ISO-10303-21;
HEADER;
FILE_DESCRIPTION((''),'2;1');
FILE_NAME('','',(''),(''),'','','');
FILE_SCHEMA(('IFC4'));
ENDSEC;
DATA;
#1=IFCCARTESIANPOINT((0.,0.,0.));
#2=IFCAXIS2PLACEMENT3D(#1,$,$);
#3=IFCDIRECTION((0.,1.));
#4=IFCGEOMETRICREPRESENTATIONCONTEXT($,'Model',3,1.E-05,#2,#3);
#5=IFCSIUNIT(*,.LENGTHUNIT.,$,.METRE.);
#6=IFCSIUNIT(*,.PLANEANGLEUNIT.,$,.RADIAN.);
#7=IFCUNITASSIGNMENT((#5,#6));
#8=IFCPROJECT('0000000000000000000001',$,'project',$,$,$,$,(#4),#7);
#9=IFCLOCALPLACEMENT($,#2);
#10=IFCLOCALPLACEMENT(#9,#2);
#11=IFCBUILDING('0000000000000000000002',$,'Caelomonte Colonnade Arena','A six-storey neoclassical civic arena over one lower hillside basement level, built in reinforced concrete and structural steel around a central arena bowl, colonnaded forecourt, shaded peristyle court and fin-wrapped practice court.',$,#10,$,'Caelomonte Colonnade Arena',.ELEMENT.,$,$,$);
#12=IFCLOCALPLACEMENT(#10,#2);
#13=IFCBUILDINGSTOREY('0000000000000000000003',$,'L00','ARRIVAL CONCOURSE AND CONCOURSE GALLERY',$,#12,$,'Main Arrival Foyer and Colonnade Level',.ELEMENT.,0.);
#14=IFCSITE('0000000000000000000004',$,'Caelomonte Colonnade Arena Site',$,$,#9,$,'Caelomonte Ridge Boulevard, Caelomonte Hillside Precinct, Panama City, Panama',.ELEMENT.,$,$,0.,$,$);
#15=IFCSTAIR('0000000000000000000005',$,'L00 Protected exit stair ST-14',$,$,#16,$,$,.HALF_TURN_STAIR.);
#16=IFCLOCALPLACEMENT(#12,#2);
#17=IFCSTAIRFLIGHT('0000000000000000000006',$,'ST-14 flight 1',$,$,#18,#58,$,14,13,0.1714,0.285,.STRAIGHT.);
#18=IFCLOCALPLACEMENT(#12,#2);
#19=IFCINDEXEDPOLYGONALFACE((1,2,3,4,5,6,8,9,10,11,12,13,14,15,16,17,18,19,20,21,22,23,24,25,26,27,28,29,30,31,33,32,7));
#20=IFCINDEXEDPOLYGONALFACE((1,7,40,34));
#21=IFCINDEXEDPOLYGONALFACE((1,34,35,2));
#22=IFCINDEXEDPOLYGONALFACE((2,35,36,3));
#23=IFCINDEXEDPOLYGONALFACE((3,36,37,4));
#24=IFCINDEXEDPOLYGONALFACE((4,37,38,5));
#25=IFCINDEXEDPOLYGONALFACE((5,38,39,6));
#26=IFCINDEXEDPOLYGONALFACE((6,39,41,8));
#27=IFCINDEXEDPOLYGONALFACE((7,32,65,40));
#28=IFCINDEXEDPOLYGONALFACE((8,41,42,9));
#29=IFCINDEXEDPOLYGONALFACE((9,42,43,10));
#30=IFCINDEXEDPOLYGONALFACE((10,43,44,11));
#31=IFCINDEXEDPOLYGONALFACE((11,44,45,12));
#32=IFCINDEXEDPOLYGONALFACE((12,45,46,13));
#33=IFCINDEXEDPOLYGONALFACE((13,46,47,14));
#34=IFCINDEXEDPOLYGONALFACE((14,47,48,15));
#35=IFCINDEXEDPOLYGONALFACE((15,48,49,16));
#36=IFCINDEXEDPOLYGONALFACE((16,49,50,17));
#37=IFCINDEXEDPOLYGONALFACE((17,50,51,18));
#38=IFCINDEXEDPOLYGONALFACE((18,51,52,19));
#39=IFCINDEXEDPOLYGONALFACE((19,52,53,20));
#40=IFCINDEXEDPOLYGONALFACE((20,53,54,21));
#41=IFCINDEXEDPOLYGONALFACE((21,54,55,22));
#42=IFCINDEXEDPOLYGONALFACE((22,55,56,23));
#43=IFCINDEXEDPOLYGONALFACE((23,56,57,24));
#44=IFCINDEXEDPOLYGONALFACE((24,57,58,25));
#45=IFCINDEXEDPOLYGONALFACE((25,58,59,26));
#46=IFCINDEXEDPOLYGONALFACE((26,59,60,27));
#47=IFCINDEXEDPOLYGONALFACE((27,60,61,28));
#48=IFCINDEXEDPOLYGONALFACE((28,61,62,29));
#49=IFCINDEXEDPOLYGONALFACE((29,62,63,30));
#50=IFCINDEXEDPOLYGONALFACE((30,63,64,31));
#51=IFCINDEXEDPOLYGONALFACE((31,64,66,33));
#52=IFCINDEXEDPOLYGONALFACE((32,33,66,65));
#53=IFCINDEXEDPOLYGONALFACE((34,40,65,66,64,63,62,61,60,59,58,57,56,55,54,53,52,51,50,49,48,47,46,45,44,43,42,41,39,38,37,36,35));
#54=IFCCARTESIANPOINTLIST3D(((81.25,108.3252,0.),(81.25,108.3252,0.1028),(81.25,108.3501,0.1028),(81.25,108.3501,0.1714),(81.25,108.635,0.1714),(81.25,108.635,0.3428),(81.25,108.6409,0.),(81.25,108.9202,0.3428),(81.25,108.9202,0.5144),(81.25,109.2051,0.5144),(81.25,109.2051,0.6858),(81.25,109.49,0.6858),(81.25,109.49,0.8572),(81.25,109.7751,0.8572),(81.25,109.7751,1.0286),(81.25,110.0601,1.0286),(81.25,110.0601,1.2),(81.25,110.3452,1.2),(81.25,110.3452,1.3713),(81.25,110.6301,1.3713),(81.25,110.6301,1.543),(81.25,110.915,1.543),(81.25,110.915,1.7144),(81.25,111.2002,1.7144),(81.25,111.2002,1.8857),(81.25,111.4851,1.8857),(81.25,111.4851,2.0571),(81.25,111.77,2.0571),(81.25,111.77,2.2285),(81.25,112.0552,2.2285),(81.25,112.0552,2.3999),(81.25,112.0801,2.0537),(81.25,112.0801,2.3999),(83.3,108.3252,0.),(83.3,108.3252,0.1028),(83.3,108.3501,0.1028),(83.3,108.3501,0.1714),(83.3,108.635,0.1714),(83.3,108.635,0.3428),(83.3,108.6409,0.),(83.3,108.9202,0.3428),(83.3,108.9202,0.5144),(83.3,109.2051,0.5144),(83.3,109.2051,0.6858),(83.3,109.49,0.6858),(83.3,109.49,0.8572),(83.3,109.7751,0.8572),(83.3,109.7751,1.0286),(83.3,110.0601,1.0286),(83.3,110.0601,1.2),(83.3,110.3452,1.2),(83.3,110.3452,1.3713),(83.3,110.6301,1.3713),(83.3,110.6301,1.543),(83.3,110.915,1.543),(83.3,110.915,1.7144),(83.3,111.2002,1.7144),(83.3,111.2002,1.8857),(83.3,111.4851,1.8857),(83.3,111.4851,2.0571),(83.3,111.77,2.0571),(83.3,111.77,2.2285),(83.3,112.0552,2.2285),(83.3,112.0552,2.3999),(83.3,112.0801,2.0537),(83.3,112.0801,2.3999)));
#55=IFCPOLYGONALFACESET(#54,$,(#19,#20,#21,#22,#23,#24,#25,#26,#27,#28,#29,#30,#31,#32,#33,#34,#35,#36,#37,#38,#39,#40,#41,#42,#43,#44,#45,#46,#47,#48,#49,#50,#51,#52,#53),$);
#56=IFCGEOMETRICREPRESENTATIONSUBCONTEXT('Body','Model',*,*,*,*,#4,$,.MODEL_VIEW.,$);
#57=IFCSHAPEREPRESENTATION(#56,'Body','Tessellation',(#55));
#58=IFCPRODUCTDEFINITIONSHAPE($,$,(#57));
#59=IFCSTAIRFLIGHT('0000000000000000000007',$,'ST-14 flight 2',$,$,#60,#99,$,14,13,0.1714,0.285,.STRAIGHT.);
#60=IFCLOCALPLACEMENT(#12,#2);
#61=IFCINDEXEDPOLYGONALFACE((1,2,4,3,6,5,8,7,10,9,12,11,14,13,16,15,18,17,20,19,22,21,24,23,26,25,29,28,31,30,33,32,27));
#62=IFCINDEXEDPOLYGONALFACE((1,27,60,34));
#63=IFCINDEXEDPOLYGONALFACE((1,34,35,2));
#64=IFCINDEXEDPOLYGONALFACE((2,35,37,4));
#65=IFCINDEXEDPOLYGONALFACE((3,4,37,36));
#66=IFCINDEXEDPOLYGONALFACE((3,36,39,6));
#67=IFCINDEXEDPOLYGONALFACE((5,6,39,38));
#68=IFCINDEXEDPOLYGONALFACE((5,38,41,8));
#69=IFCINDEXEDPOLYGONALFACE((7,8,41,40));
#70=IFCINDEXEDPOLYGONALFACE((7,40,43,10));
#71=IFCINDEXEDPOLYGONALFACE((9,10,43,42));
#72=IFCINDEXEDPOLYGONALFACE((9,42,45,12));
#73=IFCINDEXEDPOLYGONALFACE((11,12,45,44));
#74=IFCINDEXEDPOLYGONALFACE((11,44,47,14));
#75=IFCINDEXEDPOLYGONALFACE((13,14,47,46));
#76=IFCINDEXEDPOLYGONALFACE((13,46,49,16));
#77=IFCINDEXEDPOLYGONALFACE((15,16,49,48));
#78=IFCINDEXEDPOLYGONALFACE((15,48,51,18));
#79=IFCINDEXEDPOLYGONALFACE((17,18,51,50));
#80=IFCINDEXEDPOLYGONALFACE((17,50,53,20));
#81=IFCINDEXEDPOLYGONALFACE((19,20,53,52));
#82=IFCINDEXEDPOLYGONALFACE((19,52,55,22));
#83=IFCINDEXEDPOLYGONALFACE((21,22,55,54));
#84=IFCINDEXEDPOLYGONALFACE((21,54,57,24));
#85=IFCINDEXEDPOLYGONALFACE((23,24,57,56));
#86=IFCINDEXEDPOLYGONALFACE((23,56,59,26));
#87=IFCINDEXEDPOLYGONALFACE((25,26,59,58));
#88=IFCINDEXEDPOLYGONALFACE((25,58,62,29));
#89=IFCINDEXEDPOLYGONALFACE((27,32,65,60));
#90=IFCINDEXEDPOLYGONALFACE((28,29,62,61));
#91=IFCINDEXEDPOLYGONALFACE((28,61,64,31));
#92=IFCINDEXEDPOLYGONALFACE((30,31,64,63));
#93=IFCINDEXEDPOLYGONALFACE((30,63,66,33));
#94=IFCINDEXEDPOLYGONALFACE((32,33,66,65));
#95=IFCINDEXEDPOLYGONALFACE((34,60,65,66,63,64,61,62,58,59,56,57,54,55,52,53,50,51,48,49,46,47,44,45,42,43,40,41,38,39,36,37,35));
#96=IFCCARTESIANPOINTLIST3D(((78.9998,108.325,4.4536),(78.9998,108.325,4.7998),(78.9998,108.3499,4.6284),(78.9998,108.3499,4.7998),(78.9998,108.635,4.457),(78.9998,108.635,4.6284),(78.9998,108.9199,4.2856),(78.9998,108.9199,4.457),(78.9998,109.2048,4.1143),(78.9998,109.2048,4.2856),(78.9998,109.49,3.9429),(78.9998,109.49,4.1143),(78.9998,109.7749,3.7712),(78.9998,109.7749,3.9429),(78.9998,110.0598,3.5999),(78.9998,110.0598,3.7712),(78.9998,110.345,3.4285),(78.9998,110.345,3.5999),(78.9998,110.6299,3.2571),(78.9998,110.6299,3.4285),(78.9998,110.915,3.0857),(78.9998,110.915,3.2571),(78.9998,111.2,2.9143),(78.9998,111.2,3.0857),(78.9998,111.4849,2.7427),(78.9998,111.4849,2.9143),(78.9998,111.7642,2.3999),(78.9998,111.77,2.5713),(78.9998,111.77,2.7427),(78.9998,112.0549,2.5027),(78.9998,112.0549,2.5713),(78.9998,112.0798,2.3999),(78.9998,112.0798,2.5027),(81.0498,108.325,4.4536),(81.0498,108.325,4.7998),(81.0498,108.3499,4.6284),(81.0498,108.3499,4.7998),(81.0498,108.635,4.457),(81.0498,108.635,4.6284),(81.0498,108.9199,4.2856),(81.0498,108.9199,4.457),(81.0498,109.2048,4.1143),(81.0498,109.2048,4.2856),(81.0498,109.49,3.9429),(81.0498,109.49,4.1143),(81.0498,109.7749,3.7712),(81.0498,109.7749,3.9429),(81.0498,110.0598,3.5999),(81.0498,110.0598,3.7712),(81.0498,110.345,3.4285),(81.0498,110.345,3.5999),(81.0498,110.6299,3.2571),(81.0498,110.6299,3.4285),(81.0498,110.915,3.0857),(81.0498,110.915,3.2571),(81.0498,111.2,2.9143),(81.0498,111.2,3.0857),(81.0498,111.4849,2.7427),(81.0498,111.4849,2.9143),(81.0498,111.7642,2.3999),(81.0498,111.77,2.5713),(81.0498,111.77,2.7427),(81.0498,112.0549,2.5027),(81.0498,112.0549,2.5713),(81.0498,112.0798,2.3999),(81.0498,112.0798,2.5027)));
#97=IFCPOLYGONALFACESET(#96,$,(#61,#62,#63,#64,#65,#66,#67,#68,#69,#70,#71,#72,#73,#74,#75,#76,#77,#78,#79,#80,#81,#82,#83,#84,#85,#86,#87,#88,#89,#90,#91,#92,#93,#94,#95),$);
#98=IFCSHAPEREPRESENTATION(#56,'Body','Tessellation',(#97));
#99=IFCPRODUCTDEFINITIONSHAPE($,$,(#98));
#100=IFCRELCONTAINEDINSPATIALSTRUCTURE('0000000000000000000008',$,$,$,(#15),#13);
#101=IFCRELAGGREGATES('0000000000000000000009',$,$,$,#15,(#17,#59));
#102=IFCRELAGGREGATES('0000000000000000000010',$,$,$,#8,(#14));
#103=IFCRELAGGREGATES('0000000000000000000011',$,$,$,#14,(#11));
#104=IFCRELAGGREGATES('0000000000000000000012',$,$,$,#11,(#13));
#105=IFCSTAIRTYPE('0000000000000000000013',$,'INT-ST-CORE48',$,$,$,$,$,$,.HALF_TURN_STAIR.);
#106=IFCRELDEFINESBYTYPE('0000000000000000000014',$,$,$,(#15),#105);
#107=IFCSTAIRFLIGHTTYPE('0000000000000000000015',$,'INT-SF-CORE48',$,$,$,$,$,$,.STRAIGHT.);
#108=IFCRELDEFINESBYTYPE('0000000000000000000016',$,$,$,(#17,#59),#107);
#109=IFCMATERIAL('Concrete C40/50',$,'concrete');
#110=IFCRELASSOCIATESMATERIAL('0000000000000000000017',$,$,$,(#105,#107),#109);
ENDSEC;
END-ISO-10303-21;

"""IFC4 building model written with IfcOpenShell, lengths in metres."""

from ifc_helpers import new_model, si_unit, direction, frame, origin, place, context, subcontext, project, spatial, polyline, outline, extrude, material, type_object, element, aggregate, save


model = new_model("IFC4")

# Units and contexts
model_context = context("Model", 3, precision=1e-05, world=origin(), true_north=direction((0.0, 1.0)))
body_context = subcontext(model_context, "Body", "Model", "MODEL_VIEW")
ifc_project = project(units=[si_unit("LENGTHUNIT", "METRE"), si_unit("PLANEANGLEUNIT", "RADIAN")], contexts=[model_context])

# Site, building, storey
site_placement = place(None, origin())
site = spatial("IfcSite", under=ifc_project, at=site_placement, Name="Caelomonte Colonnade Arena Site", LongName="Caelomonte Ridge Boulevard, Caelomonte Hillside Precinct, Panama City, Panama", CompositionType="ELEMENT", RefElevation=0.0)
building_placement = place(site_placement, origin())
building = spatial("IfcBuilding", under=site, at=building_placement, Name="Caelomonte Colonnade Arena", Description="A six-storey neoclassical civic arena over one lower hillside basement level, built in reinforced concrete and structural steel around a central arena bowl, colonnaded forecourt, shaded peristyle court and fin-wrapped practice court.", LongName="Caelomonte Colonnade Arena", CompositionType="ELEMENT")
storey_placement = place(building_placement, origin())
storey = spatial("IfcBuildingStorey", under=building, at=storey_placement, Name="L00", Description="ARRIVAL CONCOURSE AND CONCOURSE GALLERY", LongName="Main Arrival Foyer and Colonnade Level", CompositionType="ELEMENT", Elevation=0.0)

# Shared definitions
ifc_material_1 = material(Name="Concrete C40/50", Category="concrete")

# Stair, stair flights
stair_type = type_object("IfcStairType", Name="INT-ST-CORE48", PredefinedType="HALF_TURN_STAIR", material=ifc_material_1)
stair_placement = place(storey_placement, origin())
stair = element("IfcStair", 1, at=stair_placement, inside=storey, type_object=stair_type, Name="L00 Protected exit stair ST-14", PredefinedType="HALF_TURN_STAIR")
stair_flight_type = type_object("IfcStairFlightType", Name="INT-SF-CORE48", PredefinedType="STRAIGHT", material=ifc_material_1)
stair_flight_1_placement = place(storey_placement, frame((82.2749, 108.3501, 0.0), z_axis=(0.0, 0.0, 1.0), x_axis=(0.0, 1.0, 0.0)))
stair_flight_1 = element("IfcStairFlight", 2, at=stair_flight_1_placement, type_object=stair_flight_type, Name="ST-14 flight 1", NumberOfRisers=14, NumberOfTreads=13, PredefinedType="STRAIGHT", RiserHeight=0.1714, TreadLength=0.285, context=body_context, shape_type="SweptSolid", body=[
    extrude(outline(polyline([(-0.0249, 0.0), (-0.0249, 0.1028), (0.0, 0.1028), (0.0, 0.1714), (0.2849, 0.1714), (0.2849, 0.3428), (0.5701, 0.3428), (0.5701, 0.5144), (0.855, 0.5144), (0.855, 0.6858), (1.1399, 0.6858), (1.1399, 0.8572), (1.425, 0.8572), (1.425, 1.0286), (1.71, 1.0286), (1.71, 1.2), (1.9951, 1.2), (1.9951, 1.3713), (2.28, 1.3713), (2.28, 1.543), (2.5649, 1.543), (2.5649, 1.7144), (2.8501, 1.7144), (2.8501, 1.8857), (3.135, 1.8857), (3.135, 2.0571), (3.4199, 2.0571), (3.4199, 2.2285), (3.7051, 2.2285), (3.7051, 2.3999), (3.73, 2.3999), (3.73, 2.0537), (0.2908, 0.0), (-0.0249, 0.0)])), frame((0.0, 1.0249, 0.0), z_axis=(0.0, -1.0, 0.0), x_axis=(1.0, 0.0, 0.0)), (0.0, 0.0, 1.0), 2.05),
])
stair_flight_2_placement = place(storey_placement, frame((80.0249, 112.0549, 2.3999), z_axis=(0.0, 0.0, 1.0), x_axis=(0.0, -1.0, 0.0)))
stair_flight_2 = element("IfcStairFlight", 3, at=stair_flight_2_placement, type_object=stair_flight_type, Name="ST-14 flight 2", NumberOfRisers=14, NumberOfTreads=13, PredefinedType="STRAIGHT", RiserHeight=0.1714, TreadLength=0.285, context=body_context, shape_type="SweptSolid", body=[
    extrude(outline(polyline([(-0.0249, 0.0), (-0.0249, 0.1028), (0.0, 0.1028), (0.0, 0.1714), (0.2849, 0.1714), (0.2849, 0.3428), (0.5701, 0.3428), (0.5701, 0.5144), (0.855, 0.5144), (0.855, 0.6858), (1.1399, 0.6858), (1.1399, 0.8572), (1.425, 0.8572), (1.425, 1.0286), (1.71, 1.0286), (1.71, 1.2), (1.9951, 1.2), (1.9951, 1.3713), (2.28, 1.3713), (2.28, 1.543), (2.5649, 1.543), (2.5649, 1.7144), (2.8501, 1.7144), (2.8501, 1.8857), (3.135, 1.8857), (3.135, 2.0571), (3.4199, 2.0571), (3.4199, 2.2285), (3.7051, 2.2285), (3.7051, 2.3999), (3.73, 2.3999), (3.73, 2.0537), (0.2908, 0.0), (-0.0249, 0.0)])), frame((0.0, 1.0249, 0.0), z_axis=(0.0, -1.0, 0.0), x_axis=(1.0, 0.0, 0.0)), (0.0, 0.0, 1.0), 2.05),
])
aggregate(stair, [stair_flight_1, stair_flight_2])

save(model, "model.ifc")
